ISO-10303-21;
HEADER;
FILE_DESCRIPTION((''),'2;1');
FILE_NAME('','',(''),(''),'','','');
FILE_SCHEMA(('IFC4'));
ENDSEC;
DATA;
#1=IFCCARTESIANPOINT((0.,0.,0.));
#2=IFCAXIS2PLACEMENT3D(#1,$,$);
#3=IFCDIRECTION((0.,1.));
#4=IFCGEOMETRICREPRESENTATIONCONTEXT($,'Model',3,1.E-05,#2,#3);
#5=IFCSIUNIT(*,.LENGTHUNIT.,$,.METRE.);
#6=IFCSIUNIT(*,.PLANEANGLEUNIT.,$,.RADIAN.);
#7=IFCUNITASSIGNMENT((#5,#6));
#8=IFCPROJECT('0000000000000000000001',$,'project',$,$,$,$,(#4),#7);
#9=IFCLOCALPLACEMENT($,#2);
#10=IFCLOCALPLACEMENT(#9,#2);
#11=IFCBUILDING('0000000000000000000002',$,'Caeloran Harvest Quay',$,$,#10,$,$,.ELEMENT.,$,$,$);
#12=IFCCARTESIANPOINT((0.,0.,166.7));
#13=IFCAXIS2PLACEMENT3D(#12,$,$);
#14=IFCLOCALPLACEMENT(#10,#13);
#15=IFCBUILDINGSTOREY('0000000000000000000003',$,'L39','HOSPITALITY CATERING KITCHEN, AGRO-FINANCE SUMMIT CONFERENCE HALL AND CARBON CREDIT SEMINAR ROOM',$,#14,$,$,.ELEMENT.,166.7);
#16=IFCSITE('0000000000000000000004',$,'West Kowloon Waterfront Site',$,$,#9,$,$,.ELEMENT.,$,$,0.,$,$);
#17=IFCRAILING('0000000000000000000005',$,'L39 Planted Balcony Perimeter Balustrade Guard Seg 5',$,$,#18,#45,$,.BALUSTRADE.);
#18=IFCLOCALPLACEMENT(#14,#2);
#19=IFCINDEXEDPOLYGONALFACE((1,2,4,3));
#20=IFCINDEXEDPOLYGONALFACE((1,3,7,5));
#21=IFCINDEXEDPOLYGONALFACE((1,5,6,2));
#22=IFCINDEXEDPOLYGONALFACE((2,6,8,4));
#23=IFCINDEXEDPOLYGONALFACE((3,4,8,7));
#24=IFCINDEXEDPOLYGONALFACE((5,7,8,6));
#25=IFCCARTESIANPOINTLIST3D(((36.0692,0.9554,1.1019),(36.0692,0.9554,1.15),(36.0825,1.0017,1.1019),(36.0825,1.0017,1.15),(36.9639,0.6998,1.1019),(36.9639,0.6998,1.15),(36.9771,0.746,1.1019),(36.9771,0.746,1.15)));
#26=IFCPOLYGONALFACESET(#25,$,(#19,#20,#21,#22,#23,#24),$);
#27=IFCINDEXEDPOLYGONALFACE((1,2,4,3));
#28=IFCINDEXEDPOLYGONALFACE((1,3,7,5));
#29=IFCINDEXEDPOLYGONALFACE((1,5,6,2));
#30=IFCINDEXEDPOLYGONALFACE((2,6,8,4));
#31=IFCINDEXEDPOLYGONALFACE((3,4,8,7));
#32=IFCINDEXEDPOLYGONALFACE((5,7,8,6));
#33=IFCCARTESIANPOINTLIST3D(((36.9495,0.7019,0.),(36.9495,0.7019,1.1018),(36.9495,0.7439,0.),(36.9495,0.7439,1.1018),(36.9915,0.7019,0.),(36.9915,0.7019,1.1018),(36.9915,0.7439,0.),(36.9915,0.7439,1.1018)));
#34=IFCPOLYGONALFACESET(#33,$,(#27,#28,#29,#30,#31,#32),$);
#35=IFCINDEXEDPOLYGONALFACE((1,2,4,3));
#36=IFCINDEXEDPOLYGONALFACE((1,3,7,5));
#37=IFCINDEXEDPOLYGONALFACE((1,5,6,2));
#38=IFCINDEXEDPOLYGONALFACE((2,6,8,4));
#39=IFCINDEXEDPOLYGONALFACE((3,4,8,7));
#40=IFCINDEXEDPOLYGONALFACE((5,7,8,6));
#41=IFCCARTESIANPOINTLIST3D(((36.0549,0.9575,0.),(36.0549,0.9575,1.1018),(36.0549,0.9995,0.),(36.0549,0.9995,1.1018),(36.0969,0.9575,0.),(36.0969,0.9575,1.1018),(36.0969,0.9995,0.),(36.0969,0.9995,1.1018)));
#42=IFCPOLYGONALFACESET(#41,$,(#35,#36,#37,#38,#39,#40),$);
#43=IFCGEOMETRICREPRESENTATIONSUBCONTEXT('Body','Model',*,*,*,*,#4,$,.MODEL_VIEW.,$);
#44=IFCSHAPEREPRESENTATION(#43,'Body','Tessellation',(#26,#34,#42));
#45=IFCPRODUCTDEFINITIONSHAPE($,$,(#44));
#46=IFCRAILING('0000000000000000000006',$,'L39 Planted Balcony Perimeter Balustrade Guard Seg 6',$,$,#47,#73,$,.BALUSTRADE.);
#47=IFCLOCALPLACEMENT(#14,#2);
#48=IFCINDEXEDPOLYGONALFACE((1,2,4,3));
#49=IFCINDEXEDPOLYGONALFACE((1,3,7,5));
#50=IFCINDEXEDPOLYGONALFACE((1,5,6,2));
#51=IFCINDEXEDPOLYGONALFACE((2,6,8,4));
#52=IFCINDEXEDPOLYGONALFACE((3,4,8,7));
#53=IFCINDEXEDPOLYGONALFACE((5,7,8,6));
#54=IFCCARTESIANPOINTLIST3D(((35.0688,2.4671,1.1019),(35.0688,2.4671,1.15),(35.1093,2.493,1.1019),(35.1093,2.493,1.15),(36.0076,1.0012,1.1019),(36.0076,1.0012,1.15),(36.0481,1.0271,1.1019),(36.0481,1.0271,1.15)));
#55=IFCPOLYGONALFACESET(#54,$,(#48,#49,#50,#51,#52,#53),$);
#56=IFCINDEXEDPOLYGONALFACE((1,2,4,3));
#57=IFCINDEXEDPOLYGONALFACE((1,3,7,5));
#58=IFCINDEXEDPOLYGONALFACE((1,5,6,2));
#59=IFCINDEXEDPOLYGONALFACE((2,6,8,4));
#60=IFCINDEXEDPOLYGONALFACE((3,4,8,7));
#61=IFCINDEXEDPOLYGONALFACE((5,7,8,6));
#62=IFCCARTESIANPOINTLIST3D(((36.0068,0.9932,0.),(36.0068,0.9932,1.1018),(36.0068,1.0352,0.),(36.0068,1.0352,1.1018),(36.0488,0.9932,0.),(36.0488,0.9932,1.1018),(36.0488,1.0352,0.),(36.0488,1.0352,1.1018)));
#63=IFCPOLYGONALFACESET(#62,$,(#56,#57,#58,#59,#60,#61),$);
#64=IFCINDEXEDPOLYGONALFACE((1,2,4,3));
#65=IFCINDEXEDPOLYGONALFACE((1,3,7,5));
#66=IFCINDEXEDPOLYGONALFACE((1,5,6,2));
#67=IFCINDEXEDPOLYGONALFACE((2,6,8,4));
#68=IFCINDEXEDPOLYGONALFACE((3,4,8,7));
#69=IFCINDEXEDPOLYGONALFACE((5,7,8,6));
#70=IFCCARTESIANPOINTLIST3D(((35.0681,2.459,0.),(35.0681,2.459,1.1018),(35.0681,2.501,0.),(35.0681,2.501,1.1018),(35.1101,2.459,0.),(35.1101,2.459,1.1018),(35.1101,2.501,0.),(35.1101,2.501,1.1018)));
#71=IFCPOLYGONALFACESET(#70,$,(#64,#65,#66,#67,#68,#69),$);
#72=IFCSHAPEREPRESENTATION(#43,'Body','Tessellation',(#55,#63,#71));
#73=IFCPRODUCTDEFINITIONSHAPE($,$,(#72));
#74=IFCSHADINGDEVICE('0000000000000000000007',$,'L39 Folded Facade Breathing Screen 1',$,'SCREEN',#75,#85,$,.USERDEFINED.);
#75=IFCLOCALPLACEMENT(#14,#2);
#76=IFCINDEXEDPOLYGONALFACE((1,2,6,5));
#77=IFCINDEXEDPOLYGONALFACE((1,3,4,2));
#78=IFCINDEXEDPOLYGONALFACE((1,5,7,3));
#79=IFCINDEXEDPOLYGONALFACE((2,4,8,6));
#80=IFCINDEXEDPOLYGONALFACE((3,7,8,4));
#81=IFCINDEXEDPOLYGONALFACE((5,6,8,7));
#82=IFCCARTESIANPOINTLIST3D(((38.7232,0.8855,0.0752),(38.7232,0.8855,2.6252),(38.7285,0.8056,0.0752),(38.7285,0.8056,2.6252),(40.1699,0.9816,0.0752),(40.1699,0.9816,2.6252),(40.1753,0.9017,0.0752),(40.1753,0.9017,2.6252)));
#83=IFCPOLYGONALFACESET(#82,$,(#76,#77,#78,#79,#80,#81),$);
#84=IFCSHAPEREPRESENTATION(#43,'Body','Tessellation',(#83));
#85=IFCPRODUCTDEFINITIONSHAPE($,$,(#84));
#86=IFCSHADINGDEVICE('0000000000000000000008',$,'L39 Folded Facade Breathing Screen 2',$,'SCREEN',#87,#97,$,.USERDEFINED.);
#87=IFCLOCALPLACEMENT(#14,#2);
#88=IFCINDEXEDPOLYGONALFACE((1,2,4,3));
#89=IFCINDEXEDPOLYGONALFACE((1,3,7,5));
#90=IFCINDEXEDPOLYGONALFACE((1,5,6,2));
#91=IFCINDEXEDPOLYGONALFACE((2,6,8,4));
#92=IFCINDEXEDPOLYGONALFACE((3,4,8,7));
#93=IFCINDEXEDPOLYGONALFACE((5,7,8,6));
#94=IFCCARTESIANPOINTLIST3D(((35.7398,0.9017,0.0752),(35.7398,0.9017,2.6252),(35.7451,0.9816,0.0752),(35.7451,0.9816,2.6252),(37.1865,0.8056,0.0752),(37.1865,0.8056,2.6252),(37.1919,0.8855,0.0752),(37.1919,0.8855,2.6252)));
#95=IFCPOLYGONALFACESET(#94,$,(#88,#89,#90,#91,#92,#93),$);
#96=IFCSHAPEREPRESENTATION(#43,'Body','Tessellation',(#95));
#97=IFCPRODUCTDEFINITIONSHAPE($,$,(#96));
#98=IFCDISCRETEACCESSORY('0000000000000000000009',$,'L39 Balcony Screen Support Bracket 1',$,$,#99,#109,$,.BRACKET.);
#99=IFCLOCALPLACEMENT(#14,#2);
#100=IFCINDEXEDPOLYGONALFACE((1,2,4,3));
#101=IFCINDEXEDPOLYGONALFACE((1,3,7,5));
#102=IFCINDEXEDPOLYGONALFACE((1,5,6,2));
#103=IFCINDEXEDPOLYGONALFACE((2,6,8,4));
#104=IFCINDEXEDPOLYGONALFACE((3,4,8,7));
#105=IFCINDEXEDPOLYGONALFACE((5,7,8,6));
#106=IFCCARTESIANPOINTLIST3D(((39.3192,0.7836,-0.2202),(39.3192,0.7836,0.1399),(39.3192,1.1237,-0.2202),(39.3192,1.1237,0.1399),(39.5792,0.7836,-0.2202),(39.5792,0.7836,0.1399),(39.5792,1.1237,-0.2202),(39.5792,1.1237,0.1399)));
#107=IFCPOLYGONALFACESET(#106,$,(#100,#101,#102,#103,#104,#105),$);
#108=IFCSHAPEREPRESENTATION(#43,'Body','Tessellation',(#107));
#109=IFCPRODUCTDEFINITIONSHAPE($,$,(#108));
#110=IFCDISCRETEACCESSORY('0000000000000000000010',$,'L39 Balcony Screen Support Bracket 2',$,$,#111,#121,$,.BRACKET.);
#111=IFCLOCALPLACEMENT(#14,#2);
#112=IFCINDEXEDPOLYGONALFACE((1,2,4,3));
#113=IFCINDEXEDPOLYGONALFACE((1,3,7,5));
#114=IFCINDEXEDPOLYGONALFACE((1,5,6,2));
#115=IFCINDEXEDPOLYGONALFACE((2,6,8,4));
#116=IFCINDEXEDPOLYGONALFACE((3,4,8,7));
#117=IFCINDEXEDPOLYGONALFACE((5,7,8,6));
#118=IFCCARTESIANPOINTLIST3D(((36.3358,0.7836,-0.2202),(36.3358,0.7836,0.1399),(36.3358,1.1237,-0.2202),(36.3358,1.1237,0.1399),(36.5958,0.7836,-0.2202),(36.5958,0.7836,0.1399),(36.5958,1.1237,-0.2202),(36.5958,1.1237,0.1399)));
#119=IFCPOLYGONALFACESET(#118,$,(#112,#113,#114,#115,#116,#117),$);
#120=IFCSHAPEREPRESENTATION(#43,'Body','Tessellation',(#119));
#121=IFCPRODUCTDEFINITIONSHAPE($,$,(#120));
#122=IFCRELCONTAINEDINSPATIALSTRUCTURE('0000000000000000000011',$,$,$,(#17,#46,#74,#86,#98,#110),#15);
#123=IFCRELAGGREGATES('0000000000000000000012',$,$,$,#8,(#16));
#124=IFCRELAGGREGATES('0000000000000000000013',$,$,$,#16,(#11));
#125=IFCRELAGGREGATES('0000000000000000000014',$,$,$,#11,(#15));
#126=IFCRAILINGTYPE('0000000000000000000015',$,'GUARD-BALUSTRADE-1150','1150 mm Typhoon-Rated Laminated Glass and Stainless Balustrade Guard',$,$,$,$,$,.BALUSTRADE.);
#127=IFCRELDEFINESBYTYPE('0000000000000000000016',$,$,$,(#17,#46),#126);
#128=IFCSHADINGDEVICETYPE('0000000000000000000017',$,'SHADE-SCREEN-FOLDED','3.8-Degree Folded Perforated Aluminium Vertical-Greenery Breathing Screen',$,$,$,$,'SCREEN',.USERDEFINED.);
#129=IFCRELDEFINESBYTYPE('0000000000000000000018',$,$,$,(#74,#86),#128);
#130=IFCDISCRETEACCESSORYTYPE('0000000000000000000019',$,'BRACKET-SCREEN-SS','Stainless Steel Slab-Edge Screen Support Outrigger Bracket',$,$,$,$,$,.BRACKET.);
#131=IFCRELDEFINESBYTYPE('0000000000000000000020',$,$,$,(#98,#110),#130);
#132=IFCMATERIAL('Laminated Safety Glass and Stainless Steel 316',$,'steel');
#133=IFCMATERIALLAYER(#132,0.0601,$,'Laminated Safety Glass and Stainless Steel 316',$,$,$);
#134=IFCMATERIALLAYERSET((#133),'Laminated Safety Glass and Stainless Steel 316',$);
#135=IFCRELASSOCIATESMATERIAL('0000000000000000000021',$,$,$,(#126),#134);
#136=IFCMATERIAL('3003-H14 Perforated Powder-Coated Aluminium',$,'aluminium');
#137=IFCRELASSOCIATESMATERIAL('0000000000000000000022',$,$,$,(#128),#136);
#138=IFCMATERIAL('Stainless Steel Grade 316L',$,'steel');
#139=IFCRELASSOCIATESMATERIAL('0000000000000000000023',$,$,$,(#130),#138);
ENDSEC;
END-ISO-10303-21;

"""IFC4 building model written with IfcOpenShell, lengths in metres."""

from ifc_helpers import new_model, si_unit, direction, frame, origin, origin_2d, place, context, subcontext, project, spatial, rectangle, extrude, material, layer, layer_set, type_object, element, save


model = new_model("IFC4")

# Units and contexts
model_context = context("Model", 3, precision=1e-05, world=origin(), true_north=direction((0.0, 1.0)))
body_context = subcontext(model_context, "Body", "Model", "MODEL_VIEW")
ifc_project = project(units=[si_unit("LENGTHUNIT", "METRE"), si_unit("PLANEANGLEUNIT", "RADIAN")], contexts=[model_context])

# Site, building, storey
site_placement = place(None, origin())
site = spatial("IfcSite", under=ifc_project, at=site_placement, Name="West Kowloon Waterfront Site", CompositionType="ELEMENT", RefElevation=0.0)
building_placement = place(site_placement, origin())
building = spatial("IfcBuilding", under=site, at=building_placement, Name="Caeloran Harvest Quay", CompositionType="ELEMENT")
storey_placement = place(building_placement, frame((0.0, 0.0, 166.7)))
storey = spatial("IfcBuildingStorey", under=building, at=storey_placement, Name="L39", Description="HOSPITALITY CATERING KITCHEN, AGRO-FINANCE SUMMIT CONFERENCE HALL AND CARBON CREDIT SEMINAR ROOM", CompositionType="ELEMENT", Elevation=166.7)

# Railings
ifc_material_1 = material(Name="Laminated Safety Glass and Stainless Steel 316", Category="steel")
ifc_layer_1 = layer(ifc_material_1, 0.0601, Name="Laminated Safety Glass and Stainless Steel 316")
ifc_layer_set_1 = layer_set([ifc_layer_1], Name="Laminated Safety Glass and Stainless Steel 316")
railing_type = type_object("IfcRailingType", Name="GUARD-BALUSTRADE-1150", Description="1150 mm Typhoon-Rated Laminated Glass and Stainless Balustrade Guard", PredefinedType="BALUSTRADE", material=ifc_layer_set_1)
railing_1_placement = place(storey_placement, frame((36.9705, 0.7229, 0.0)))
element("IfcRailing", 1, at=railing_1_placement, inside=storey, type_object=railing_type, Name="L39 Planted Balcony Perimeter Balustrade Guard Seg 5", PredefinedType="BALUSTRADE", context=body_context, shape_type="SweptSolid", body=[
    extrude(rectangle(XDim=0.0481, YDim=0.0481, at=origin_2d()), frame((0.0, 0.0, 1.126), z_axis=(-0.961514, 0.274756, 0.0), x_axis=(-0.274756, -0.961514, 0.0)), (0.0, 0.0, 1.0), 0.9304),
    extrude(rectangle(XDim=0.042, YDim=0.042, at=origin_2d()), origin(), (0.0, 0.0, 1.0), 1.1018),
    extrude(rectangle(XDim=0.042, YDim=0.042, at=origin_2d()), frame((-0.8945, 0.2556, 0.0)), (0.0, 0.0, 1.0), 1.1018),
])
railing_2_placement = place(storey_placement, frame((36.0278, 1.0142, 0.0)))
element("IfcRailing", 2, at=railing_2_placement, inside=storey, type_object=railing_type, Name="L39 Planted Balcony Perimeter Balustrade Guard Seg 6", PredefinedType="BALUSTRADE", context=body_context, shape_type="SweptSolid", body=[
    extrude(rectangle(XDim=0.0481, YDim=0.0481, at=origin_2d()), frame((0.0, 0.0, 1.126), z_axis=(-0.539296, 0.842116, 0.0), x_axis=(-0.842116, -0.539296, 0.0)), (0.0, 0.0, 1.0), 1.7407),
    extrude(rectangle(XDim=0.042, YDim=0.042, at=origin_2d()), origin(), (0.0, 0.0, 1.0), 1.1018),
    extrude(rectangle(XDim=0.042, YDim=0.042, at=origin_2d()), frame((-0.9387, 1.4658, 0.0)), (0.0, 0.0, 1.0), 1.1018),
])

# Shading devices
ifc_material_2 = material(Name="3003-H14 Perforated Powder-Coated Aluminium", Category="aluminium")
shading_device_type = type_object("IfcShadingDeviceType", Name="SHADE-SCREEN-FOLDED", Description="3.8-Degree Folded Perforated Aluminium Vertical-Greenery Breathing Screen", ElementType="SCREEN", PredefinedType="USERDEFINED", material=ifc_material_2)
for number, where, z_axis, x_axis, name in (
    (3, (39.4492, 0.8936, 0.0752), (0.0, 0.0, 1.0), (0.997801, 0.066274, 0.0), "L39 Folded Facade Breathing Screen 1"),
    (4, (36.4658, 0.8936, 0.0752), (0.0, 0.0, 1.0), (0.997801, -0.066274, 0.0), "L39 Folded Facade Breathing Screen 2"),
):
    element("IfcShadingDevice", number, at=place(storey_placement, frame(where, z_axis=z_axis, x_axis=x_axis)), inside=storey, type_object=shading_device_type, Name=name, ObjectType="SCREEN", PredefinedType="USERDEFINED", context=body_context, shape_type="SweptSolid", body=[
        extrude(rectangle(XDim=1.45, YDim=0.0801, at=origin_2d()), origin(), (0.0, 0.0, 1.0), 2.55),
    ])

# Discrete accessories
ifc_material_3 = material(Name="Stainless Steel Grade 316L", Category="steel")
discrete_accessory_type = type_object("IfcDiscreteAccessoryType", Name="BRACKET-SCREEN-SS", Description="Stainless Steel Slab-Edge Screen Support Outrigger Bracket", PredefinedType="BRACKET", material=ifc_material_3)
for number, where, z_axis, x_axis, name in (
    (5, (39.4492, 0.9536, -0.2202), (0.0, 0.0, 1.0), (1.0, 0.0, 0.0), "L39 Balcony Screen Support Bracket 1"),
    (6, (36.4658, 0.9536, -0.2202), (0.0, 0.0, 1.0), (1.0, 0.0, 0.0), "L39 Balcony Screen Support Bracket 2"),
):
    element("IfcDiscreteAccessory", number, at=place(storey_placement, frame(where, z_axis=z_axis, x_axis=x_axis)), inside=storey, type_object=discrete_accessory_type, Name=name, PredefinedType="BRACKET", context=body_context, shape_type="SweptSolid", body=[
        extrude(rectangle(XDim=0.26, YDim=0.3401, at=origin_2d()), origin(), (0.0, 0.0, 1.0), 0.3601),
    ])

save(model, "model.ifc")
